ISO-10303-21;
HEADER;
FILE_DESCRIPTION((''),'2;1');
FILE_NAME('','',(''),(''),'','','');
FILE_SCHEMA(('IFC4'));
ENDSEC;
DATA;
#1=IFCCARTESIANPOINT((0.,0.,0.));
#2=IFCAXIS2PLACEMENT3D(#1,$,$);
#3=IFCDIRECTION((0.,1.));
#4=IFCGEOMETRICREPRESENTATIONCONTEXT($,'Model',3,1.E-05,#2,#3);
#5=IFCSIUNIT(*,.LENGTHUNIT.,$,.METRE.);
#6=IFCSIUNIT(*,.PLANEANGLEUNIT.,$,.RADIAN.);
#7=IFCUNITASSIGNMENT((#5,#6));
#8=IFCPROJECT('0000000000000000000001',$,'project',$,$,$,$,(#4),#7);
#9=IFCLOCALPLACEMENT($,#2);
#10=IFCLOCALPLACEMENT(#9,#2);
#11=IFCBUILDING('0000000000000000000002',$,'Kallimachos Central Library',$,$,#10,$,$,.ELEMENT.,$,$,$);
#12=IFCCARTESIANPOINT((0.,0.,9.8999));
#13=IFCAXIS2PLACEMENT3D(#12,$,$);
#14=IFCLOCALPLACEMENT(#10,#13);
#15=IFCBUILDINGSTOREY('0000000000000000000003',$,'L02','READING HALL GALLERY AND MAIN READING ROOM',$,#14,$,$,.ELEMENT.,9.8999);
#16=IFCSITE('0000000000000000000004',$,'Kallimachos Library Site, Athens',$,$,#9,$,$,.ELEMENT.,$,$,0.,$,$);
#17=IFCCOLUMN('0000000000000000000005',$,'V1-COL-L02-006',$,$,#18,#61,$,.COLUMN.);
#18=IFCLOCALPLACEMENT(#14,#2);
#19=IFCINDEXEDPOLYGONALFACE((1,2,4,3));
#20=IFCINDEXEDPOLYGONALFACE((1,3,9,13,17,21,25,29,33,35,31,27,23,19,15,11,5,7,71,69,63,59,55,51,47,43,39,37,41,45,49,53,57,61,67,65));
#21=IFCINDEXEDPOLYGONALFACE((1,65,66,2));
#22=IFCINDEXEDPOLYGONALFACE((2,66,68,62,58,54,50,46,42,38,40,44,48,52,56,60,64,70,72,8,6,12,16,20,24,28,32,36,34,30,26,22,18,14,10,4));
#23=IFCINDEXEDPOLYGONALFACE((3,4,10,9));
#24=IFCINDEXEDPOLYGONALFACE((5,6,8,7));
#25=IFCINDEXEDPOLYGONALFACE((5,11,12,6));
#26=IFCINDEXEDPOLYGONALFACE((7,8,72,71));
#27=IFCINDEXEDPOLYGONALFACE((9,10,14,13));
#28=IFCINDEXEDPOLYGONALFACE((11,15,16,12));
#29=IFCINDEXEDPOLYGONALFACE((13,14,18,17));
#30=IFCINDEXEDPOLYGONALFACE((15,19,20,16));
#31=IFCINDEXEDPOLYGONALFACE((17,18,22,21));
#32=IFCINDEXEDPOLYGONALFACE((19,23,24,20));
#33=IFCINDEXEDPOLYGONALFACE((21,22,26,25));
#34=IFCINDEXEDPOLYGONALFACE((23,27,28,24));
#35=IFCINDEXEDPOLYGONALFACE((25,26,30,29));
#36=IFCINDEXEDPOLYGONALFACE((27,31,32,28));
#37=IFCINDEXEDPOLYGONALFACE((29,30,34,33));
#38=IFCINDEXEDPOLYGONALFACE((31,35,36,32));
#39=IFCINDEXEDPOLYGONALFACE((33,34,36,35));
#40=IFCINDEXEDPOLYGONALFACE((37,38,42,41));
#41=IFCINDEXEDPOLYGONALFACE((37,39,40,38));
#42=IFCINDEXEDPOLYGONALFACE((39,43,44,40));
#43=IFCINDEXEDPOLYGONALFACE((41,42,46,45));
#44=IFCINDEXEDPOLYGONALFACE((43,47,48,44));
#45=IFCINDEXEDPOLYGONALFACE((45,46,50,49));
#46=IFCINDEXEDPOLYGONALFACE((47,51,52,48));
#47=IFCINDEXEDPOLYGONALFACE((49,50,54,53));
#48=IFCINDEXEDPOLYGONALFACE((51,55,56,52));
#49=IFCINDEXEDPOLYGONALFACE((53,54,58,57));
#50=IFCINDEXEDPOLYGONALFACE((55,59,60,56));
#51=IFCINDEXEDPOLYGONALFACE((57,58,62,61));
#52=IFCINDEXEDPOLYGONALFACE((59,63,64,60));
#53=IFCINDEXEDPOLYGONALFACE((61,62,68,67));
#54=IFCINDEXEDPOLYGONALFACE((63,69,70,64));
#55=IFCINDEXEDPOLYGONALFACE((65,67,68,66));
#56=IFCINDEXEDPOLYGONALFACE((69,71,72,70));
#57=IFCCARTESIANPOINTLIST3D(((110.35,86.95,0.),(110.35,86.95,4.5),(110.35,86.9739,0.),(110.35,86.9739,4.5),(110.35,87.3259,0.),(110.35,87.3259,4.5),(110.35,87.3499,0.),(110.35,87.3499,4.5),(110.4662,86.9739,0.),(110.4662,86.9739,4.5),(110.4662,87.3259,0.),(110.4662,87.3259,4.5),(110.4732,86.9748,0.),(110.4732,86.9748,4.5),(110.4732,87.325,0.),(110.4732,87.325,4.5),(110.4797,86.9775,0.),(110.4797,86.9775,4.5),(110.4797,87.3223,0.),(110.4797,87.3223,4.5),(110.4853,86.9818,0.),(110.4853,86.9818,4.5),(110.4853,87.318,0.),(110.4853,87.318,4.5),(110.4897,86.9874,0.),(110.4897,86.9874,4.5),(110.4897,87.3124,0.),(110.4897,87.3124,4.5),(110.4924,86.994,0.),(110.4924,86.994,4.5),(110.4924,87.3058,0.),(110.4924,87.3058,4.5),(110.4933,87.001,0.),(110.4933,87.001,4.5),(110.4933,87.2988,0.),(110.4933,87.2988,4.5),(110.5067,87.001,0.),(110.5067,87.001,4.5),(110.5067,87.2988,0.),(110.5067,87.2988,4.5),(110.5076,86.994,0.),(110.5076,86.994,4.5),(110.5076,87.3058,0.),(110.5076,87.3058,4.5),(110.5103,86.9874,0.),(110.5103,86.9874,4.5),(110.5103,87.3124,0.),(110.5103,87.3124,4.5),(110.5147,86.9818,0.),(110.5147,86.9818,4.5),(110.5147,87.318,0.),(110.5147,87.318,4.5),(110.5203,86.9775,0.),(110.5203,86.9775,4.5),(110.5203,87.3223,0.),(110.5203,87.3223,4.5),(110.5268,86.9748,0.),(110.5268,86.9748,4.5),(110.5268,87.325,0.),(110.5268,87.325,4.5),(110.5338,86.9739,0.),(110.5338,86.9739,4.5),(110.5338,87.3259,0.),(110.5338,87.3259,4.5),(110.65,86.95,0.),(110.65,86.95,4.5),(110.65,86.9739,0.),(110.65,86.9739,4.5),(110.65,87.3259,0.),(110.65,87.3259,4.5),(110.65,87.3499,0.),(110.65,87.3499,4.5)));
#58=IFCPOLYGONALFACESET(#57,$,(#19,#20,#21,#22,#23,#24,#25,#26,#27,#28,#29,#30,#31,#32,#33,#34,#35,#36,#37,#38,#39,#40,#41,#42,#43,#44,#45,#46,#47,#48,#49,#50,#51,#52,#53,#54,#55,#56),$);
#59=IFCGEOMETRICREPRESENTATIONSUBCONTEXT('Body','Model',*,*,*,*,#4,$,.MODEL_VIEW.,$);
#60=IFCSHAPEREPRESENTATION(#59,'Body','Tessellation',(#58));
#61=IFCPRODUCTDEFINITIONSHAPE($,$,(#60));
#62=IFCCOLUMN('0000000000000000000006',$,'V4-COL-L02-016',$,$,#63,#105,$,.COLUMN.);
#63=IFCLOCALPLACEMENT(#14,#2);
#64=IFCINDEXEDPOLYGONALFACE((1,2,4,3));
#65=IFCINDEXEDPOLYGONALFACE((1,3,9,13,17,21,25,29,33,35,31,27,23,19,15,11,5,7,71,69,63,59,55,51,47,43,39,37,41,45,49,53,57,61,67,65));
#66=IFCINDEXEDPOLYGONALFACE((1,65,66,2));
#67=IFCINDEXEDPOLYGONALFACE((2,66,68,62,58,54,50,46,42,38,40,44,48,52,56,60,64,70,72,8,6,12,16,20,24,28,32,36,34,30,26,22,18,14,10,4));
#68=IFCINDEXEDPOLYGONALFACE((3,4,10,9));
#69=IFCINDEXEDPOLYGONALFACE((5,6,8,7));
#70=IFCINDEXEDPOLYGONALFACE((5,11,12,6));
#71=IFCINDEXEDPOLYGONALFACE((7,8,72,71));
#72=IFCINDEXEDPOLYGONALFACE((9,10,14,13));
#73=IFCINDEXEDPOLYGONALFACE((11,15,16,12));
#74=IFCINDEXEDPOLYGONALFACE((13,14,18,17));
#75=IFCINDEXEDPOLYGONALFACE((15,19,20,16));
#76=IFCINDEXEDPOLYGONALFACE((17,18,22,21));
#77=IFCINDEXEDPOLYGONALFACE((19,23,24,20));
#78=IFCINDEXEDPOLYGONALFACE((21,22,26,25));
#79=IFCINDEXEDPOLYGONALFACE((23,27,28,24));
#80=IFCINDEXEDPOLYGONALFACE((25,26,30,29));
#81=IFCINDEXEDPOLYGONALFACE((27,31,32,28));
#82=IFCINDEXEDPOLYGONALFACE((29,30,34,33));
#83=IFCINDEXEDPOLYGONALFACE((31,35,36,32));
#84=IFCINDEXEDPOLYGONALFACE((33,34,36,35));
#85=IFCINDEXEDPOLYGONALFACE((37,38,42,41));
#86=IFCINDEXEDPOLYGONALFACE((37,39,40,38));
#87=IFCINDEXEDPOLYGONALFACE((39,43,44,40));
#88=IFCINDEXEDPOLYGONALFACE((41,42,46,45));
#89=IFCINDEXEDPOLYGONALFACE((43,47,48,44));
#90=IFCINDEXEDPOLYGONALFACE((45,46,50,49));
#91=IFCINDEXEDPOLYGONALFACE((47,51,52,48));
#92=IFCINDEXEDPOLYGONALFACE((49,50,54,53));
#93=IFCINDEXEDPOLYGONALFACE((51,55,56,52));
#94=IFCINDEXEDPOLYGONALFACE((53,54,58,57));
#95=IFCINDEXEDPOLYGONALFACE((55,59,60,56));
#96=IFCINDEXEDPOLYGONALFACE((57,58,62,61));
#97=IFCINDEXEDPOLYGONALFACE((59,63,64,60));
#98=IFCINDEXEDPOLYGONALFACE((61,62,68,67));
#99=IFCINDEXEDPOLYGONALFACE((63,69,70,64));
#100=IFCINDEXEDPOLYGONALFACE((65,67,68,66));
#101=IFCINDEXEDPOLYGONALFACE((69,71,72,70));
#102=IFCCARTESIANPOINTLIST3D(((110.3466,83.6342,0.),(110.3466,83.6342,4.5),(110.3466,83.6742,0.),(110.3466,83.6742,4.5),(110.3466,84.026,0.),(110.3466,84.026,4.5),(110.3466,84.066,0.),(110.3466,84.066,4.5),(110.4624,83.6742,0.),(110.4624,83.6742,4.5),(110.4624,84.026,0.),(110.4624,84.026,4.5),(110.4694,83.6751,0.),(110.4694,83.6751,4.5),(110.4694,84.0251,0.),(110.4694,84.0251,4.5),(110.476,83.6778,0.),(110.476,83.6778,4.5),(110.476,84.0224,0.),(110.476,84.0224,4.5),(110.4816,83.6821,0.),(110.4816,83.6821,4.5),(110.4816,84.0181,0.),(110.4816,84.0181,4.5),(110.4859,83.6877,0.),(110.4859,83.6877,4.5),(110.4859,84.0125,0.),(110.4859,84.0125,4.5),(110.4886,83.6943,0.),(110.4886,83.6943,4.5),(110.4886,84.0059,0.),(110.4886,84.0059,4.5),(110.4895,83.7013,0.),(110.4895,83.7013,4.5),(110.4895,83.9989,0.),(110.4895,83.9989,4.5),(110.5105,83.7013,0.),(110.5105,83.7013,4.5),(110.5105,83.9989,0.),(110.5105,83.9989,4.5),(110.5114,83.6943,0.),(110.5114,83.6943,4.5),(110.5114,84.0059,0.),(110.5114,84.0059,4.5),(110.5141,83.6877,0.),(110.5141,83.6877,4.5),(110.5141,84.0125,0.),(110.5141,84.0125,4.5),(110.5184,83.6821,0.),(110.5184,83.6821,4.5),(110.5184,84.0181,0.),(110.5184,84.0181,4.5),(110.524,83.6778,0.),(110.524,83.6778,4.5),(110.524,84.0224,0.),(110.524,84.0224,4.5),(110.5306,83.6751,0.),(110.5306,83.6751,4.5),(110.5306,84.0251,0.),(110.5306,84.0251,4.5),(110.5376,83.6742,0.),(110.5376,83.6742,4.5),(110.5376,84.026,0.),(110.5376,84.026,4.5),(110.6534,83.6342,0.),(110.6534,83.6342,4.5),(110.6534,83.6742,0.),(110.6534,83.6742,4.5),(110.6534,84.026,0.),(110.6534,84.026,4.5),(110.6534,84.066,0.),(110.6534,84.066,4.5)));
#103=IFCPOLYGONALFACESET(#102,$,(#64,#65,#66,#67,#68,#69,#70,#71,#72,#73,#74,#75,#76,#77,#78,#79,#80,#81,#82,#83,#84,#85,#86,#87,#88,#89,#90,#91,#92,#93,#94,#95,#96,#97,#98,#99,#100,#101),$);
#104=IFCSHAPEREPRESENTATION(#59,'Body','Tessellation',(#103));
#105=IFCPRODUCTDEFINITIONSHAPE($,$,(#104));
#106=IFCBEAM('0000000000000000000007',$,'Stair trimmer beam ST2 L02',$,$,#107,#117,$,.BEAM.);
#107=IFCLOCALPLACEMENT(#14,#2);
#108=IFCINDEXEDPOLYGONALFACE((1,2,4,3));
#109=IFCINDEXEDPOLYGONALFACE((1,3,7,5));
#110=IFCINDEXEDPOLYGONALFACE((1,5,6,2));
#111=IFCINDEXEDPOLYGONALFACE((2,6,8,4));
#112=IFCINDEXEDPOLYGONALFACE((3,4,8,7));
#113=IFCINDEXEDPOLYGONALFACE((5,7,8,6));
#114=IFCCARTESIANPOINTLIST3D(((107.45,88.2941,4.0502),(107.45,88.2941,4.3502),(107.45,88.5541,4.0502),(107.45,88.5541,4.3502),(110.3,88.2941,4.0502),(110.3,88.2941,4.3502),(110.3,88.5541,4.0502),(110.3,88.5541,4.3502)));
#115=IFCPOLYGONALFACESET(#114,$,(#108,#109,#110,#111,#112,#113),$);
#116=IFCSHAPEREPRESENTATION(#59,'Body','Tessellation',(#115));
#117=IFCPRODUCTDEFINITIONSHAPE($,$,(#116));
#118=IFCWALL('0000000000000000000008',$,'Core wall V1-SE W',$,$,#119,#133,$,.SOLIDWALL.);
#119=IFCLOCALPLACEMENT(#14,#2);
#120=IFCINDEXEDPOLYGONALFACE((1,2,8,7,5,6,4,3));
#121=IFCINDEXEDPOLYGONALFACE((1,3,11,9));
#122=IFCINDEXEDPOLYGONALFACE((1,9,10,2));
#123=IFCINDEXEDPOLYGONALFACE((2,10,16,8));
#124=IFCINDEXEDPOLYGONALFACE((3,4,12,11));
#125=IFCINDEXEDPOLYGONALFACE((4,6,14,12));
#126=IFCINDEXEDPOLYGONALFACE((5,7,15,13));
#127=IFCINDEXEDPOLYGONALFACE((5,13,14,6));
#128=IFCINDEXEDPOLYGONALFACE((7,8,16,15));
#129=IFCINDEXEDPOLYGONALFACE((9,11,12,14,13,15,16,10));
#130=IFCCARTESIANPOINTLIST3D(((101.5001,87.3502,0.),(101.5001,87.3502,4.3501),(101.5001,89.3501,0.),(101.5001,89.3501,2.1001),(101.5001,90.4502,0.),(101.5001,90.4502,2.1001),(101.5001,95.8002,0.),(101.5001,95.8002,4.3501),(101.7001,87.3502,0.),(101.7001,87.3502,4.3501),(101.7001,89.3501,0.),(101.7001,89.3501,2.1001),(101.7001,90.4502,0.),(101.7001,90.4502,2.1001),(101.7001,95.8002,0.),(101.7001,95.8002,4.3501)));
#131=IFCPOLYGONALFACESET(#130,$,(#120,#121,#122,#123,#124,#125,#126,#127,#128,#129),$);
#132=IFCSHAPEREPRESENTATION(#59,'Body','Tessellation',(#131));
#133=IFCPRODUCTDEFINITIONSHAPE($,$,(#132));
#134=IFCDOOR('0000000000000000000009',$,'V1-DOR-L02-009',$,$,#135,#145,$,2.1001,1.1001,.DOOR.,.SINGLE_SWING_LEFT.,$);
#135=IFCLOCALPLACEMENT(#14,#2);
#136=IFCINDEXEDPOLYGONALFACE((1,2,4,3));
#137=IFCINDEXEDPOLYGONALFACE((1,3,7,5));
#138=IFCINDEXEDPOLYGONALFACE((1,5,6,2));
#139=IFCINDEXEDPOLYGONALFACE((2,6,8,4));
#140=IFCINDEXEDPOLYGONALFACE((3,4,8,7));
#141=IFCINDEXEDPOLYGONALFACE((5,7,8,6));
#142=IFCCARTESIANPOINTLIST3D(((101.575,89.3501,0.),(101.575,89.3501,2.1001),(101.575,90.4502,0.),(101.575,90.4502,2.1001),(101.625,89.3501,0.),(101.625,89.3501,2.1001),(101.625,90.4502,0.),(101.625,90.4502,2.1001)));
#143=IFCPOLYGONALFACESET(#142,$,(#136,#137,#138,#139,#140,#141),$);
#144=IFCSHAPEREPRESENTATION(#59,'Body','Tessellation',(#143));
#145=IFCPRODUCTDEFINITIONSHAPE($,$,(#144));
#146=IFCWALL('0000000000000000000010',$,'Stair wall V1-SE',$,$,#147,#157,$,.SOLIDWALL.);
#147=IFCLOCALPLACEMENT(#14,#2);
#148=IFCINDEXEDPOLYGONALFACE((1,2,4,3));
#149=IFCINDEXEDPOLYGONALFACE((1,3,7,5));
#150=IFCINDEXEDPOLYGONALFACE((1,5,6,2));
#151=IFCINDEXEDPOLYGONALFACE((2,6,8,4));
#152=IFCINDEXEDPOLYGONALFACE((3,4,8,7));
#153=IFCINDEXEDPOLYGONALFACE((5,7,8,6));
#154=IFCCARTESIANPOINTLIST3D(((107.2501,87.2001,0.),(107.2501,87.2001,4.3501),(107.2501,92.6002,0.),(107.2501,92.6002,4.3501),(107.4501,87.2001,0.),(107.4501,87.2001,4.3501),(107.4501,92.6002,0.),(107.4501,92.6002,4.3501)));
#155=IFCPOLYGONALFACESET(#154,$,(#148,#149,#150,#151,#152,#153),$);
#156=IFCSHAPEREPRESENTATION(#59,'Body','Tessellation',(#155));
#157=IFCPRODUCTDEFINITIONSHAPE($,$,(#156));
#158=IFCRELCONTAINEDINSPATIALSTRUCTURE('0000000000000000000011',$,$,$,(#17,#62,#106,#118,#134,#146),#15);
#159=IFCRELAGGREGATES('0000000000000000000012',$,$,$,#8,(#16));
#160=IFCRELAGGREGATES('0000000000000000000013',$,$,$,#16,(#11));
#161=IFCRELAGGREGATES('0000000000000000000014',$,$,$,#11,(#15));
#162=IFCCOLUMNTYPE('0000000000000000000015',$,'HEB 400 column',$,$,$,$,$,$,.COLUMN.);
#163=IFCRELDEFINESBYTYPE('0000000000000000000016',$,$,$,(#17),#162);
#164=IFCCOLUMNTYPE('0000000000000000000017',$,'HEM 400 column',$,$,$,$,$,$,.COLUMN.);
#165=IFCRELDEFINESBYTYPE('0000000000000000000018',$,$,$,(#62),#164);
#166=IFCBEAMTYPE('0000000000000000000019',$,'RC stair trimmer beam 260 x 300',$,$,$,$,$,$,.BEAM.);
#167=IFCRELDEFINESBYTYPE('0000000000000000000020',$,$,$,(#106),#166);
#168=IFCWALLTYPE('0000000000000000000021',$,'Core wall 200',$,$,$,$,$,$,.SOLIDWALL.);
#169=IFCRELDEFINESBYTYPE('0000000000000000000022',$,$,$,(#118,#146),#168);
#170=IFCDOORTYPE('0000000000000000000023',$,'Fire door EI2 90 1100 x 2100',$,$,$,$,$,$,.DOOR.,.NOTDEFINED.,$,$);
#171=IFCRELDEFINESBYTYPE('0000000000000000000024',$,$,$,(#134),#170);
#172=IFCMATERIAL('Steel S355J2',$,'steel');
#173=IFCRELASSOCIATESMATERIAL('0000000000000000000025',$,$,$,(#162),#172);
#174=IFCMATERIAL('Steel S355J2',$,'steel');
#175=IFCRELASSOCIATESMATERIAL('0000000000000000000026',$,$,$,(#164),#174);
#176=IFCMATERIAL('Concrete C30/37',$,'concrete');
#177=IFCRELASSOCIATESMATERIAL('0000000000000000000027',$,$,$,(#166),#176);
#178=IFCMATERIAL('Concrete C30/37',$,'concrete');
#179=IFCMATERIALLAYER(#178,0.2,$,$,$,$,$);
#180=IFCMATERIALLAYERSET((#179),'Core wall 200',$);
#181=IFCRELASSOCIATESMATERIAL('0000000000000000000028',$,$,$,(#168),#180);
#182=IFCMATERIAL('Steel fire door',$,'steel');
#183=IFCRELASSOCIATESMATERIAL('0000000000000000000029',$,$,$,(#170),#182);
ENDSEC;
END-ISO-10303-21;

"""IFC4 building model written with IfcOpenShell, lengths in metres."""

from ifc_helpers import new_model, si_unit, direction, frame, frame_2d, origin, origin_2d, place, context, subcontext, project, spatial, rectangle, i_section, extrude, material, layer, layer_set, material_profile, profile_set, type_object, element, fill, save


model = new_model("IFC4")

# Units and contexts
model_context = context("Model", 3, precision=1e-05, world=origin(), true_north=direction((0.0, 1.0)))
body_context = subcontext(model_context, "Body", "Model", "MODEL_VIEW")
ifc_project = project(units=[si_unit("LENGTHUNIT", "METRE"), si_unit("PLANEANGLEUNIT", "RADIAN")], contexts=[model_context])

# Site, building, storey
site_placement = place(None, origin())
site = spatial("IfcSite", under=ifc_project, at=site_placement, Name="Kallimachos Library Site, Athens", CompositionType="ELEMENT", RefElevation=0.0)
building_placement = place(site_placement, origin())
building = spatial("IfcBuilding", under=site, at=building_placement, Name="Kallimachos Central Library", CompositionType="ELEMENT")
storey_placement = place(building_placement, frame((0.0, 0.0, 9.8999)))
storey = spatial("IfcBuildingStorey", under=building, at=storey_placement, Name="L02", Description="READING HALL GALLERY AND MAIN READING ROOM", CompositionType="ELEMENT", Elevation=9.8999)

# Columns
ifc_material_1 = material(Name="Steel S355J2", Category="steel")
ifc_material_profile_1 = material_profile(ifc_material_1, i_section(OverallWidth=0.3, OverallDepth=0.3999, WebThickness=0.0134, FlangeThickness=0.0239, FilletRadius=0.0271, at=origin_2d()), Name="HEB 400")
ifc_profile_set_1 = profile_set([ifc_material_profile_1], Name="Steel S355J2")
column_type_1 = type_object("IfcColumnType", Name="HEB 400 column", PredefinedType="COLUMN", material=ifc_profile_set_1)
column_1_placement = place(storey_placement, frame((110.5, 87.1499, 0.0), z_axis=(0.0, 0.0, 1.0), x_axis=(1.0, 0.0, 0.0)))
element("IfcColumn", 1, at=column_1_placement, inside=storey, type_object=column_type_1, Name="V1-COL-L02-006", PredefinedType="COLUMN", context=body_context, shape_type="SweptSolid", body=[
    extrude(i_section(OverallWidth=0.3, OverallDepth=0.3999, WebThickness=0.0134, FlangeThickness=0.0239, FilletRadius=0.0271, at=origin_2d()), origin(), (0.0, 0.0, 1.0), 4.5),
])
ifc_material_2 = material(Name="Steel S355J2", Category="steel")
ifc_material_profile_2 = material_profile(ifc_material_2, i_section(OverallWidth=0.3069, OverallDepth=0.4319, WebThickness=0.021, FlangeThickness=0.04, FilletRadius=0.0271, at=origin_2d()), Name="HEM 400")
ifc_profile_set_2 = profile_set([ifc_material_profile_2], Name="Steel S355J2")
column_type_2 = type_object("IfcColumnType", Name="HEM 400 column", PredefinedType="COLUMN", material=ifc_profile_set_2)
column_2_placement = place(storey_placement, frame((110.5, 83.8501, 0.0), z_axis=(0.0, 0.0, 1.0), x_axis=(1.0, 0.0, 0.0)))
element("IfcColumn", 2, at=column_2_placement, inside=storey, type_object=column_type_2, Name="V4-COL-L02-016", PredefinedType="COLUMN", context=body_context, shape_type="SweptSolid", body=[
    extrude(i_section(OverallWidth=0.3069, OverallDepth=0.4319, WebThickness=0.021, FlangeThickness=0.04, FilletRadius=0.0271, at=origin_2d()), origin(), (0.0, 0.0, 1.0), 4.5),
])

# Beam
ifc_material_3 = material(Name="Concrete C30/37", Category="concrete")
ifc_material_profile_3 = material_profile(ifc_material_3, rectangle(XDim=0.26, YDim=0.3, at=origin_2d()), Name="RC stair trimmer beam 260 x 300")
ifc_profile_set_3 = profile_set([ifc_material_profile_3], Name="Concrete C30/37")
beam_type = type_object("IfcBeamType", Name="RC stair trimmer beam 260 x 300", PredefinedType="BEAM", material=ifc_profile_set_3)
beam_placement = place(storey_placement, frame((110.3, 88.4241, 4.2002), z_axis=(-1.0, 0.0, 0.0), x_axis=(0.0, -1.0, 0.0)))
element("IfcBeam", 3, at=beam_placement, inside=storey, type_object=beam_type, Name="Stair trimmer beam ST2 L02", PredefinedType="BEAM", context=body_context, shape_type="SweptSolid", body=[
    extrude(rectangle(XDim=0.26, YDim=0.3, at=origin_2d()), origin(), (0.0, 0.0, 1.0), 2.8501),
])

# Wall, opening, door
ifc_material_4 = material(Name="Concrete C30/37", Category="concrete")
ifc_layer_1 = layer(ifc_material_4, 0.2)
ifc_layer_set_1 = layer_set([ifc_layer_1], Name="Core wall 200")
wall_type_1 = type_object("IfcWallType", Name="Core wall 200", PredefinedType="SOLIDWALL", material=ifc_layer_set_1)
wall_1_placement = place(storey_placement, frame((101.6001, 87.3501, 0.0), z_axis=(0.0, 0.0, 1.0), x_axis=(0.0, 1.0, 0.0)))
wall_1 = element("IfcWall", 4, at=wall_1_placement, inside=storey, type_object=wall_type_1, Name="Core wall V1-SE W", PredefinedType="SOLIDWALL", context=body_context, shape_type="SweptSolid", body=[
    extrude(rectangle(XDim=8.45, YDim=0.2, at=frame_2d((4.2251, 0.0))), origin(), (0.0, 0.0, 1.0), 4.3501),
])
opening_1_placement = place(wall_1_placement, frame((2.0, 0.0, 0.0)))
opening_1 = element("IfcOpeningElement", 5, at=opening_1_placement, cuts=wall_1, PredefinedType="OPENING", context=body_context, shape_type="SweptSolid", body=[
    extrude(rectangle(XDim=1.1001, YDim=2.1001, at=frame_2d((0.55, 1.05))), frame((0.0, 0.1099, 0.0), z_axis=(0.0, -1.0, 0.0), x_axis=(1.0, 0.0, 0.0)), (0.0, 0.0, 1.0), 0.22),
])
ifc_material_5 = material(Name="Steel fire door", Category="steel")
door_type = type_object("IfcDoorType", Name="Fire door EI2 90 1100 x 2100", OperationType="NOTDEFINED", PredefinedType="DOOR", material=ifc_material_5)
door_placement = place(opening_1_placement, frame((1.1001, 0.0, 0.0), z_axis=(0.0, 0.0, 1.0), x_axis=(-1.0, 0.0, 0.0)))
door = element("IfcDoor", 6, at=door_placement, inside=storey, type_object=door_type, Name="V1-DOR-L02-009", OperationType="SINGLE_SWING_LEFT", OverallHeight=2.1001, OverallWidth=1.1001, PredefinedType="DOOR", context=body_context, shape_type="SweptSolid", body=[
    extrude(rectangle(XDim=1.1001, YDim=2.1001, at=frame_2d((0.55, 1.05))), frame((0.0, 0.0249, 0.0), z_axis=(0.0, -1.0, 0.0), x_axis=(1.0, 0.0, 0.0)), (0.0, 0.0, 1.0), 0.05),
])
fill(opening_1, door)

# Wall
wall_2_placement = place(storey_placement, frame((107.3501, 87.2, 0.0), z_axis=(0.0, 0.0, 1.0), x_axis=(0.0, 1.0, 0.0)))
element("IfcWall", 7, at=wall_2_placement, inside=storey, type_object=wall_type_1, Name="Stair wall V1-SE", PredefinedType="SOLIDWALL", context=body_context, shape_type="SweptSolid", body=[
    extrude(rectangle(XDim=5.4001, YDim=0.2, at=frame_2d((2.7002, 0.0))), origin(), (0.0, 0.0, 1.0), 4.3501),
])

save(model, "model.ifc")
